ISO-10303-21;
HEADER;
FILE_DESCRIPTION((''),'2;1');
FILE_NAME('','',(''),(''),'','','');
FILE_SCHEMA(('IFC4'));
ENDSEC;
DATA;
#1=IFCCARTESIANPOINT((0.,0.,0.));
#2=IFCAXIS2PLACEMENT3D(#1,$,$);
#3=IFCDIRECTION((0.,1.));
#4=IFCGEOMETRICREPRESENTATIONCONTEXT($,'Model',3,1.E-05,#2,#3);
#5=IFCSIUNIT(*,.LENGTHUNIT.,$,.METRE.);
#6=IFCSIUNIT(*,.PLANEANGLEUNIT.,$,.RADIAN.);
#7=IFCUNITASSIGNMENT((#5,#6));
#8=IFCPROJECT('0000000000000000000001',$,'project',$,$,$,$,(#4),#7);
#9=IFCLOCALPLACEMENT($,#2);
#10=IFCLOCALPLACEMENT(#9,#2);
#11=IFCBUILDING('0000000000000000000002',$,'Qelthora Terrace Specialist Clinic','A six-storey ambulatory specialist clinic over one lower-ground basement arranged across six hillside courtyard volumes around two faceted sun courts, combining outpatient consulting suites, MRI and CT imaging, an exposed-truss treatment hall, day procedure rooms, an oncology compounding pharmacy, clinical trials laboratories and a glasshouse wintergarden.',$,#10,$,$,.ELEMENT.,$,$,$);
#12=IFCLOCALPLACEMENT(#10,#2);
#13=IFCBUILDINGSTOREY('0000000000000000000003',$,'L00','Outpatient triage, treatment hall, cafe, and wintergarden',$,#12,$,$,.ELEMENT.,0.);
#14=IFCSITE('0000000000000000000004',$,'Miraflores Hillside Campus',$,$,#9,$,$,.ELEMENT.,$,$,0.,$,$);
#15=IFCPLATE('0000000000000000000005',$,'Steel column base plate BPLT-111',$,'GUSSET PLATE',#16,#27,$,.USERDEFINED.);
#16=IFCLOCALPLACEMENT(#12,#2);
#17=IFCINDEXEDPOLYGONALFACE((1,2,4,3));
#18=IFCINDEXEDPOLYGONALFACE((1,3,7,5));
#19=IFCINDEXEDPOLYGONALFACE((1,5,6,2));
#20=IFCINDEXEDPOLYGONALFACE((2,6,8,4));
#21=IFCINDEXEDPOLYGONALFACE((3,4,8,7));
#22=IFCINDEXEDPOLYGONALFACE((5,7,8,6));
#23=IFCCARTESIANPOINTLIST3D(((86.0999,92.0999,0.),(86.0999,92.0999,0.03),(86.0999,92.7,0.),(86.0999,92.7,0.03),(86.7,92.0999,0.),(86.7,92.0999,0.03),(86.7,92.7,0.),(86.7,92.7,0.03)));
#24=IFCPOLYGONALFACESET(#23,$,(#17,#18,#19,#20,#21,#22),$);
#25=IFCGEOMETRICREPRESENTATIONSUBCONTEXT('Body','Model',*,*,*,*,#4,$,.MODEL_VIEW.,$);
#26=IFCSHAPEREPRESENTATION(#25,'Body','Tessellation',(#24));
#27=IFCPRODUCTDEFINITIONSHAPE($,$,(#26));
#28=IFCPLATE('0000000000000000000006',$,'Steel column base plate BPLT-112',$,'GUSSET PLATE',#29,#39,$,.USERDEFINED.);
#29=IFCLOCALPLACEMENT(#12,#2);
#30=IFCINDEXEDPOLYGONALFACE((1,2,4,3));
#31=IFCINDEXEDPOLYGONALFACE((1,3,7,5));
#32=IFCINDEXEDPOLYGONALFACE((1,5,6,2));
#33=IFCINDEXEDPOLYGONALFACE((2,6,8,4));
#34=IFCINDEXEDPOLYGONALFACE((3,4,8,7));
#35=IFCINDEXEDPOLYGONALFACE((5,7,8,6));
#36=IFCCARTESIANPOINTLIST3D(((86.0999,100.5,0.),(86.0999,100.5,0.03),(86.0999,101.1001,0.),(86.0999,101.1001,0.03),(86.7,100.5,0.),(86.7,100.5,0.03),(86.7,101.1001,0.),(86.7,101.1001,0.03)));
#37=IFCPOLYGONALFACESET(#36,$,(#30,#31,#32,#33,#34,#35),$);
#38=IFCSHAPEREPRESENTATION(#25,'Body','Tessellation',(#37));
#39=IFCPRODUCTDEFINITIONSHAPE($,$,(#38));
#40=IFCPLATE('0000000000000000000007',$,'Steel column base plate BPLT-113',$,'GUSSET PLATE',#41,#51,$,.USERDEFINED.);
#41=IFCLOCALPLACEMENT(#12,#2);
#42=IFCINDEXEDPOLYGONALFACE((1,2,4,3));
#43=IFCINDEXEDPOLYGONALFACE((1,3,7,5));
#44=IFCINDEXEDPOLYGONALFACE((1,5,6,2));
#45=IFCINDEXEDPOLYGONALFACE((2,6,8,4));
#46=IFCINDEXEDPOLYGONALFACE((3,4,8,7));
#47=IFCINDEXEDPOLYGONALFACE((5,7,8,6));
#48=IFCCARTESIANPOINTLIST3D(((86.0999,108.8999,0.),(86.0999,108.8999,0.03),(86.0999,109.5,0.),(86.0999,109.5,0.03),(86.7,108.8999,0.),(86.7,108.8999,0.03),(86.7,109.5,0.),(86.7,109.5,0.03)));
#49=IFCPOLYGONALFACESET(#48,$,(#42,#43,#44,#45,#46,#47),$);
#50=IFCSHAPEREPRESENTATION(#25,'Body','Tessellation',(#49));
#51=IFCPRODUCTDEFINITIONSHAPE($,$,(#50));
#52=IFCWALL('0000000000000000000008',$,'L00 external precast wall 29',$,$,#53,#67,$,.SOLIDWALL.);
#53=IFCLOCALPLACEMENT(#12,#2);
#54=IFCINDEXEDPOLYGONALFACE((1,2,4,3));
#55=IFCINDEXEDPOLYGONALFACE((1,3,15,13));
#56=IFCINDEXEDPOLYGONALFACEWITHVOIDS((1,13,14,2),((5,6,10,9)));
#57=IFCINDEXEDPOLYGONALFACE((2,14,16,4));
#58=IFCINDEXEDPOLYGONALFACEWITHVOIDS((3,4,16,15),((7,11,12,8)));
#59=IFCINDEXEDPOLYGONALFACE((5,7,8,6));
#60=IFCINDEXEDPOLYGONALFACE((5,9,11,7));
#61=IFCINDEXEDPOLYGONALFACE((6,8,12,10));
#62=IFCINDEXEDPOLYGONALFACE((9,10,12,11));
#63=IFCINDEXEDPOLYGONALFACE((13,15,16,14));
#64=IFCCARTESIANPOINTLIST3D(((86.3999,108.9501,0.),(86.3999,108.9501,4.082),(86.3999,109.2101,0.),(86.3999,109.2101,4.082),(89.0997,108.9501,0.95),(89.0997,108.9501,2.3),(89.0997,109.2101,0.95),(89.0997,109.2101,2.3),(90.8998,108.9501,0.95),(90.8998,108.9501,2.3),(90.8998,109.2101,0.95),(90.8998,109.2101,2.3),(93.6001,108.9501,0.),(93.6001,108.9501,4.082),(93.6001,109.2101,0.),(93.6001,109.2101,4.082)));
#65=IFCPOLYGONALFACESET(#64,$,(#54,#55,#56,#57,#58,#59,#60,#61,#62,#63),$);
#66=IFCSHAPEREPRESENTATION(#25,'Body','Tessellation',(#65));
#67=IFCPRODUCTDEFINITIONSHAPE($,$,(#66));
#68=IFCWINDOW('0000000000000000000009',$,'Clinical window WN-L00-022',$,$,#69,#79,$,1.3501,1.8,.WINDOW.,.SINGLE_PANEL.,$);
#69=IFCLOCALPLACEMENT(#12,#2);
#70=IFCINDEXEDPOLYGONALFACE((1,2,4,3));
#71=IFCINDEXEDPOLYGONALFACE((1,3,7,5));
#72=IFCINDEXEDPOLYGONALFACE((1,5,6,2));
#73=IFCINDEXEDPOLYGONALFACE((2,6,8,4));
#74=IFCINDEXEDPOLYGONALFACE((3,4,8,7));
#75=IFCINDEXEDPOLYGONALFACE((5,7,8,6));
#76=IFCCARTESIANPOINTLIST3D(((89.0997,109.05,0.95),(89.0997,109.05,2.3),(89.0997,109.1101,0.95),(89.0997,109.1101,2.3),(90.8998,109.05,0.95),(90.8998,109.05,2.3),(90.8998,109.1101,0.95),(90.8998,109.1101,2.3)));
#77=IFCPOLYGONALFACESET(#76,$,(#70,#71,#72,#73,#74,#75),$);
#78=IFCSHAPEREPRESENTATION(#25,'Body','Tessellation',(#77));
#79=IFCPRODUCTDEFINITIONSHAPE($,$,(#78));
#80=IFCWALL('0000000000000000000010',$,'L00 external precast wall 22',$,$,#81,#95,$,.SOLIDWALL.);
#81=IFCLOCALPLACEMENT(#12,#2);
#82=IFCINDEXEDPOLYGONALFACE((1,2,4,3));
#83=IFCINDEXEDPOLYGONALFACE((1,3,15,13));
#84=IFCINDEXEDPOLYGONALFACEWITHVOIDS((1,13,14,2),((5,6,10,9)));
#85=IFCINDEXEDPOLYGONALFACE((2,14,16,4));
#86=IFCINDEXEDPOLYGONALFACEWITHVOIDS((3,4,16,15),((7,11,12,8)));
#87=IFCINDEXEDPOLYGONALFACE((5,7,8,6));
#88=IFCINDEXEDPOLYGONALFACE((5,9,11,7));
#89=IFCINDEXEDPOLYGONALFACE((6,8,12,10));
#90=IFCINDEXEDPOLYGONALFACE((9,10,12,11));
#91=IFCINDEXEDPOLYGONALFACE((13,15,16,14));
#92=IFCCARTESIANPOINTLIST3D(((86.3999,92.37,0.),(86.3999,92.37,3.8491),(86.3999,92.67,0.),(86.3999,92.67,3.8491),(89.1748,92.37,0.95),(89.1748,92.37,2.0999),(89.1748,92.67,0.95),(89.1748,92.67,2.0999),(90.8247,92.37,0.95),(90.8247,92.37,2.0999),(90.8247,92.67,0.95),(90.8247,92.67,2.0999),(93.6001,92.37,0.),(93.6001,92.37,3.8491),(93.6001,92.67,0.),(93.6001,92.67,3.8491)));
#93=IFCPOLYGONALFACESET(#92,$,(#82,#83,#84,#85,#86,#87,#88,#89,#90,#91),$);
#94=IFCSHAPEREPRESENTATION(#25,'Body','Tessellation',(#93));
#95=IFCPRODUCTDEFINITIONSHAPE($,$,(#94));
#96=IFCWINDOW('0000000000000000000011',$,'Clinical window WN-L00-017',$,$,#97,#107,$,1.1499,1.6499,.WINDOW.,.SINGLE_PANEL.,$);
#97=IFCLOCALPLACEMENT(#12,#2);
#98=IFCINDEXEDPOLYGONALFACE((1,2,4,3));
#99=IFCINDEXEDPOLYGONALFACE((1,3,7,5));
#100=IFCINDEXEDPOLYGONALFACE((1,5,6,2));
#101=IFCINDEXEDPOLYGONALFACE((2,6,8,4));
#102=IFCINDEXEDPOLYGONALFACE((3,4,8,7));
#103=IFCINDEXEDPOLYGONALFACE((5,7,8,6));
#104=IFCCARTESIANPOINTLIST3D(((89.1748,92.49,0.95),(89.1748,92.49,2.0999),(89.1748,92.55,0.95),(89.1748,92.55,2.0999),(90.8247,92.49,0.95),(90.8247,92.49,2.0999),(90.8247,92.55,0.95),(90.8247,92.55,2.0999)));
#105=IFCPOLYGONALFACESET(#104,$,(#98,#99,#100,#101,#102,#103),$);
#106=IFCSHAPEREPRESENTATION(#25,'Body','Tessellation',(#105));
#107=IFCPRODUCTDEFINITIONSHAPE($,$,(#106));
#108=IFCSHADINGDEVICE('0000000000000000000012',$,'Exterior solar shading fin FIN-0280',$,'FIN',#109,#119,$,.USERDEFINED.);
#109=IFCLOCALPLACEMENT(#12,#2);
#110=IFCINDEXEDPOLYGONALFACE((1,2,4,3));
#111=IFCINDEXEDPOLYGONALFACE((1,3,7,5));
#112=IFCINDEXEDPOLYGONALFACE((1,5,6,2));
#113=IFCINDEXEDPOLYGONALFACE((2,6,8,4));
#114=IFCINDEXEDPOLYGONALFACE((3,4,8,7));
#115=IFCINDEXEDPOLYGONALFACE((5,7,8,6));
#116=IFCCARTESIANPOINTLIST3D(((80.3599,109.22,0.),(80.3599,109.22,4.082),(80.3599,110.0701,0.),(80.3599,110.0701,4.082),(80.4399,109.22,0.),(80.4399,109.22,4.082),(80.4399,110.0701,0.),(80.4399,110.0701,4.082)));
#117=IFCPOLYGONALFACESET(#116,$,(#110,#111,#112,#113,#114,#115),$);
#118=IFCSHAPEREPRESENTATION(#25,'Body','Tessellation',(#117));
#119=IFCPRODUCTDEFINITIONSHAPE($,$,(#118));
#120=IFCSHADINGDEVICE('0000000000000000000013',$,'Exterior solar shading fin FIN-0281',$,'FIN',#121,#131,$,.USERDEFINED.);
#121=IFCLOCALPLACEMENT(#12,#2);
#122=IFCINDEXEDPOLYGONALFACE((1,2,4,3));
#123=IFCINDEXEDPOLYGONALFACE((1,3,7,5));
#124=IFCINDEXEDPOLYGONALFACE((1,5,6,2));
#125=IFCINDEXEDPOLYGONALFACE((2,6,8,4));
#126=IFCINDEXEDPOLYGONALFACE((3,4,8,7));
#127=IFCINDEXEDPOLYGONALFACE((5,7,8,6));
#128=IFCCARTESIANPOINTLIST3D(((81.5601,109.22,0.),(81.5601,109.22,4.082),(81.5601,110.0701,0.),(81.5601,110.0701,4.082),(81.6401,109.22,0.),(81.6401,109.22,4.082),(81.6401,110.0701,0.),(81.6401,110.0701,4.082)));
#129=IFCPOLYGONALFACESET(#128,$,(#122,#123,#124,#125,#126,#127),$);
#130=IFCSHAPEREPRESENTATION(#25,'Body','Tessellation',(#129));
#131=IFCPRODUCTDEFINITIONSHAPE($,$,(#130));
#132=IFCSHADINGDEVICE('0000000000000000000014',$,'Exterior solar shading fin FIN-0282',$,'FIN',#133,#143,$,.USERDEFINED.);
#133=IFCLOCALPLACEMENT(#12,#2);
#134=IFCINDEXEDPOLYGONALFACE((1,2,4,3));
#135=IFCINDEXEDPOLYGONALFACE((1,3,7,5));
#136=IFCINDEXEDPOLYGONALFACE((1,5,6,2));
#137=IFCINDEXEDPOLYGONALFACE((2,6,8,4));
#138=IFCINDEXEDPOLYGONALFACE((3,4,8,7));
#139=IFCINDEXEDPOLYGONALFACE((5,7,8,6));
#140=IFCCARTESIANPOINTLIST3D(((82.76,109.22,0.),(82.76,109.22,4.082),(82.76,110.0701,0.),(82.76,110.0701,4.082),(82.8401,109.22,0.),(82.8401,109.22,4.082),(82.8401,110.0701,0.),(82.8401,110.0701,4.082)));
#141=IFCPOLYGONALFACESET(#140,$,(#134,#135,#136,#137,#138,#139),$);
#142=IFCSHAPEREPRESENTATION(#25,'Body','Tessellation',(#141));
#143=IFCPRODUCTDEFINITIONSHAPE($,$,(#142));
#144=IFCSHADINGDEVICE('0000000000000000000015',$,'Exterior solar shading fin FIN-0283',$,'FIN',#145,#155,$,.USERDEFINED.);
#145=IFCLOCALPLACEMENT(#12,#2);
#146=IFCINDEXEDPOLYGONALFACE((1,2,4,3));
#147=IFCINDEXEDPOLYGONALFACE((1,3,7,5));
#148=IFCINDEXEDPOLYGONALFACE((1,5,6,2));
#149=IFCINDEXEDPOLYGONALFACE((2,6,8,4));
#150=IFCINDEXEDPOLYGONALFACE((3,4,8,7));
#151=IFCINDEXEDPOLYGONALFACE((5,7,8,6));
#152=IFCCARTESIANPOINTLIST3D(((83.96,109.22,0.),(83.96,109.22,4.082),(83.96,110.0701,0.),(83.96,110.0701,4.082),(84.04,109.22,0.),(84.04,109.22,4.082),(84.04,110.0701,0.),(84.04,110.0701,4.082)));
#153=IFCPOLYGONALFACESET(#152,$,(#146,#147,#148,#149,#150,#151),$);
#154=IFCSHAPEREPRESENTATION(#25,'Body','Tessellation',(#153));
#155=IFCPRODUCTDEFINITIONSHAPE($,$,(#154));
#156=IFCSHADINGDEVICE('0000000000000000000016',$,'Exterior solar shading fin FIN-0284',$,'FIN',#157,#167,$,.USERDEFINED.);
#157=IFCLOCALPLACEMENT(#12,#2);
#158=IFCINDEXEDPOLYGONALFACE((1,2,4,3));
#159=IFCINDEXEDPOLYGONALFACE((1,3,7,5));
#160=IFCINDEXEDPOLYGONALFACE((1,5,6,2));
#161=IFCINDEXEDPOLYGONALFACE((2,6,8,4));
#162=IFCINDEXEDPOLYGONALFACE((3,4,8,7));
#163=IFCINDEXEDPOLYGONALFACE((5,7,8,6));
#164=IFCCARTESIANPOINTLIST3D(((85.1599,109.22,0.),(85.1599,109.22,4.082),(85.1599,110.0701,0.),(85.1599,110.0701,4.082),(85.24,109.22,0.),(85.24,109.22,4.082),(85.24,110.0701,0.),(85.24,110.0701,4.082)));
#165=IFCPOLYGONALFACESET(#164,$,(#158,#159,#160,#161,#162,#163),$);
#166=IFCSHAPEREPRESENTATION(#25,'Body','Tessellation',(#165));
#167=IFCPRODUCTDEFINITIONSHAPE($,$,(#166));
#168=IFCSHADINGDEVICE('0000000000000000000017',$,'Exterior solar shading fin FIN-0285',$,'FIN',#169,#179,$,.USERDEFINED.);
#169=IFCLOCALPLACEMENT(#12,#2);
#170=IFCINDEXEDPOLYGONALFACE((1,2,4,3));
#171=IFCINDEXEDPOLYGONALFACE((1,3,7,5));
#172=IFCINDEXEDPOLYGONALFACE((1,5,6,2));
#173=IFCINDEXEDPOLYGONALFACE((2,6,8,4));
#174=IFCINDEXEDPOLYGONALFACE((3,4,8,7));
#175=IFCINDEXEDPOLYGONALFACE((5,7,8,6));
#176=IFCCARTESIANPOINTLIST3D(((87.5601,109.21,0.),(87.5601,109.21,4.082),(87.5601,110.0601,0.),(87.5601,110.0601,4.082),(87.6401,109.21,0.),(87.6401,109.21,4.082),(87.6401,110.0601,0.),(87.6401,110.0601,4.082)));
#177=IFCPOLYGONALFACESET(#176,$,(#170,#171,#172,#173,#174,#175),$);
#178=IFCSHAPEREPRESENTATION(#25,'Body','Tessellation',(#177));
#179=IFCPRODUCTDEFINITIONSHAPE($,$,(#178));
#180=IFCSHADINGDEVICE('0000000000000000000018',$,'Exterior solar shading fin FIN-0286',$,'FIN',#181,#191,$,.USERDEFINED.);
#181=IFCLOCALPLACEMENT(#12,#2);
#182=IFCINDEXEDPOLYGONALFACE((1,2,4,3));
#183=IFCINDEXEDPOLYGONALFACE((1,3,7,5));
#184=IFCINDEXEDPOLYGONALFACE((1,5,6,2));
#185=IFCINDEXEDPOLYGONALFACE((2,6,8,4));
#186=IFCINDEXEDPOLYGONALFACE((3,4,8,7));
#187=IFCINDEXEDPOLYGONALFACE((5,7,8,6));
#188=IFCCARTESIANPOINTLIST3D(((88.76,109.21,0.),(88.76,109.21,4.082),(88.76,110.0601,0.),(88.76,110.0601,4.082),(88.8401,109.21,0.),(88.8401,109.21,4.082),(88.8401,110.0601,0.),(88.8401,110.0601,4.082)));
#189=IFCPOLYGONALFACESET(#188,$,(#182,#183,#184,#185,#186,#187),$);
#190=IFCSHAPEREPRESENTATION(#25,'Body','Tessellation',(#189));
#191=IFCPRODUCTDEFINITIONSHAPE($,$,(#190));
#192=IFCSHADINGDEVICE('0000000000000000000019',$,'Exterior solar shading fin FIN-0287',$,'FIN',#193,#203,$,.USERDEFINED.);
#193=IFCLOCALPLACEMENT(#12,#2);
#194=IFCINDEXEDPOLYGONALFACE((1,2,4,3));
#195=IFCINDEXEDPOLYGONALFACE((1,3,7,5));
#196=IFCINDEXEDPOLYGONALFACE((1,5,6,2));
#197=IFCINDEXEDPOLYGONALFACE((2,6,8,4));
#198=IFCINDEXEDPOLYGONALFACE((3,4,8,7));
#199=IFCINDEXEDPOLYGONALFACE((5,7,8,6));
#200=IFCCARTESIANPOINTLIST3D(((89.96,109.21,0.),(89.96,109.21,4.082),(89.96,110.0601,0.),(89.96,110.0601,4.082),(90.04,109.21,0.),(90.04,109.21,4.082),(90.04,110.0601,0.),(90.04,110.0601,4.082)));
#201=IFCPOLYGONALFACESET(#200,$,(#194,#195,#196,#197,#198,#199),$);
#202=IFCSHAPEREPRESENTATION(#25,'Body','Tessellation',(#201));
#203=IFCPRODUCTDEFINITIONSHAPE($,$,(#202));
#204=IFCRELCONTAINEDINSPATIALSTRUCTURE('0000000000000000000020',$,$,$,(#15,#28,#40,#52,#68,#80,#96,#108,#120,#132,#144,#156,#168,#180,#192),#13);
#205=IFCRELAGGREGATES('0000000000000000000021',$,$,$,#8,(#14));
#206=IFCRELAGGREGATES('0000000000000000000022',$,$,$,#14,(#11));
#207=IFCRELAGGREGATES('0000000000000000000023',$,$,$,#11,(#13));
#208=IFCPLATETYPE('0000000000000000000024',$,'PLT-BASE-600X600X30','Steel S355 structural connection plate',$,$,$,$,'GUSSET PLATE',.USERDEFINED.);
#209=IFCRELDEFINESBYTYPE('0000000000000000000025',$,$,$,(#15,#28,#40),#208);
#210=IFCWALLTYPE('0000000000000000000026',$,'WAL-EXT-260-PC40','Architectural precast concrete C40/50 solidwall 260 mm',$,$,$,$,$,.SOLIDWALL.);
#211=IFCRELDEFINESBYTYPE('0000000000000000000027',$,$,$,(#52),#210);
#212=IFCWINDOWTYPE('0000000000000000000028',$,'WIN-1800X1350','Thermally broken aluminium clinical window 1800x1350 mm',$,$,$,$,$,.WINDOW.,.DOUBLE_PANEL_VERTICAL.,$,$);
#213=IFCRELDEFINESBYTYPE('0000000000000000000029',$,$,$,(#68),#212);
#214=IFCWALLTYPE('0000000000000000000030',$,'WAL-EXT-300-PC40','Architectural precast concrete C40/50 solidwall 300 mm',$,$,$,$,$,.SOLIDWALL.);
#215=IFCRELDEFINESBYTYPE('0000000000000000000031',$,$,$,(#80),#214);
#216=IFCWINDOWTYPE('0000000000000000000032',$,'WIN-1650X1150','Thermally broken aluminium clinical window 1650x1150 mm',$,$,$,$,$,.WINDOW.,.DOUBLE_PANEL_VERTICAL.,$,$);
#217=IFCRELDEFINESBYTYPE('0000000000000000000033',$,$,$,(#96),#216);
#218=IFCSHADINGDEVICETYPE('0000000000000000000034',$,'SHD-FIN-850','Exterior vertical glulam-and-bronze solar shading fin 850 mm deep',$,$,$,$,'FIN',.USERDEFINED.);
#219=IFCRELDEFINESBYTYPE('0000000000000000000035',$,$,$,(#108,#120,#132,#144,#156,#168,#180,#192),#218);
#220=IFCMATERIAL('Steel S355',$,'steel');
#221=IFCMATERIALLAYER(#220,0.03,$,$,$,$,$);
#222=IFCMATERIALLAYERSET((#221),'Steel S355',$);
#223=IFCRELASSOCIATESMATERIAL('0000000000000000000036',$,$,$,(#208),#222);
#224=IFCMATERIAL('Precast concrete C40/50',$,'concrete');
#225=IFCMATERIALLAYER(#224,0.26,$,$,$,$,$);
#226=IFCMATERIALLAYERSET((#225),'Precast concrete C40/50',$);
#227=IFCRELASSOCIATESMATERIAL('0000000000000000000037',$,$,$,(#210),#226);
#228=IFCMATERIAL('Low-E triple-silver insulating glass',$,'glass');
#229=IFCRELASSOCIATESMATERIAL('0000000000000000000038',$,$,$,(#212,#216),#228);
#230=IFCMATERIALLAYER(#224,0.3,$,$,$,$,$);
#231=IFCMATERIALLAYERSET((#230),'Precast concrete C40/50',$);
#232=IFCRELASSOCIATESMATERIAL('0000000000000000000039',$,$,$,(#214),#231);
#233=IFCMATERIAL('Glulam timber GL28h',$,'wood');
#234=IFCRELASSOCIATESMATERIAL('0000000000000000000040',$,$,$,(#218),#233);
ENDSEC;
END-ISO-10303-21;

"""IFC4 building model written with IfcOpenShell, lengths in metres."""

from ifc_helpers import new_model, si_unit, direction, frame, frame_2d, origin, origin_2d, place, context, subcontext, project, spatial, rectangle, extrude, material, layer, layer_set, type_object, element, fill, save


model = new_model("IFC4")

# Units and contexts
model_context = context("Model", 3, precision=1e-05, world=origin(), true_north=direction((0.0, 1.0)))
body_context = subcontext(model_context, "Body", "Model", "MODEL_VIEW")
ifc_project = project(units=[si_unit("LENGTHUNIT", "METRE"), si_unit("PLANEANGLEUNIT", "RADIAN")], contexts=[model_context])

# Site, building, storey
site_placement = place(None, origin())
site = spatial("IfcSite", under=ifc_project, at=site_placement, Name="Miraflores Hillside Campus", CompositionType="ELEMENT", RefElevation=0.0)
building_placement = place(site_placement, origin())
building = spatial("IfcBuilding", under=site, at=building_placement, Name="Qelthora Terrace Specialist Clinic", Description="A six-storey ambulatory specialist clinic over one lower-ground basement arranged across six hillside courtyard volumes around two faceted sun courts, combining outpatient consulting suites, MRI and CT imaging, an exposed-truss treatment hall, day procedure rooms, an oncology compounding pharmacy, clinical trials laboratories and a glasshouse wintergarden.", CompositionType="ELEMENT")
storey_placement = place(building_placement, origin())
storey = spatial("IfcBuildingStorey", under=building, at=storey_placement, Name="L00", Description="Outpatient triage, treatment hall, cafe, and wintergarden", CompositionType="ELEMENT", Elevation=0.0)

# Shared definitions
ifc_material_1 = material(Name="Steel S355", Category="steel")

# Plates
ifc_layer_1 = layer(ifc_material_1, 0.03)
ifc_layer_set_1 = layer_set([ifc_layer_1], Name="Steel S355")
plate_type = type_object("IfcPlateType", Name="PLT-BASE-600X600X30", Description="Steel S355 structural connection plate", ElementType="GUSSET PLATE", PredefinedType="USERDEFINED", material=ifc_layer_set_1)
for number, where, z_axis, x_axis, name in (
    (1, (86.3999, 92.3999, 0.0), (0.0, 0.0, 1.0), (1.0, 0.0, 0.0), "Steel column base plate BPLT-111"),
    (2, (86.3999, 100.8, 0.0), (0.0, 0.0, 1.0), (1.0, 0.0, 0.0), "Steel column base plate BPLT-112"),
    (3, (86.3999, 109.2, 0.0), (0.0, 0.0, 1.0), (1.0, 0.0, 0.0), "Steel column base plate BPLT-113"),
):
    element("IfcPlate", number, at=place(storey_placement, frame(where, z_axis=z_axis, x_axis=x_axis)), inside=storey, type_object=plate_type, Name=name, ObjectType="GUSSET PLATE", PredefinedType="USERDEFINED", context=body_context, shape_type="SweptSolid", body=[
        extrude(rectangle(XDim=0.6001, YDim=0.6001, at=origin_2d()), origin(), (0.0, 0.0, 1.0), 0.03),
    ])

# Walls, openings, windows
ifc_material_2 = material(Name="Precast concrete C40/50", Category="concrete")
ifc_layer_2 = layer(ifc_material_2, 0.26)
ifc_layer_set_2 = layer_set([ifc_layer_2], Name="Precast concrete C40/50")
wall_type_1 = type_object("IfcWallType", Name="WAL-EXT-260-PC40", Description="Architectural precast concrete C40/50 solidwall 260 mm", PredefinedType="SOLIDWALL", material=ifc_layer_set_2)
wall_1_placement = place(storey_placement, frame((86.3999, 109.0801, 0.0), z_axis=(0.0, 0.0, 1.0), x_axis=(1.0, 0.0, 0.0)))
wall_1 = element("IfcWall", 4, at=wall_1_placement, inside=storey, type_object=wall_type_1, Name="L00 external precast wall 29", PredefinedType="SOLIDWALL", context=body_context, shape_type="SweptSolid", body=[
    extrude(rectangle(XDim=7.2002, YDim=0.26, at=frame_2d((3.6001, 0.0))), origin(), (0.0, 0.0, 1.0), 4.082),
])
opening_1_placement = place(wall_1_placement, frame((2.7, 0.0, 0.95)))
opening_1 = element("IfcOpeningElement", 5, at=opening_1_placement, cuts=wall_1, PredefinedType="OPENING", context=body_context, shape_type="SweptSolid", body=[
    extrude(rectangle(XDim=1.8, YDim=1.3501, at=frame_2d((0.8999, 0.675))), frame((0.0, 0.1399, 0.0), z_axis=(0.0, -1.0, 0.0), x_axis=(1.0, 0.0, 0.0)), (0.0, 0.0, 1.0), 0.28),
])
ifc_material_3 = material(Name="Low-E triple-silver insulating glass", Category="glass")
window_type_1 = type_object("IfcWindowType", Name="WIN-1800X1350", Description="Thermally broken aluminium clinical window 1800x1350 mm", PartitioningType="DOUBLE_PANEL_VERTICAL", PredefinedType="WINDOW", material=ifc_material_3)
window_1_placement = place(opening_1_placement, origin())
window_1 = element("IfcWindow", 6, at=window_1_placement, inside=storey, type_object=window_type_1, Name="Clinical window WN-L00-022", OverallHeight=1.3501, OverallWidth=1.8, PartitioningType="SINGLE_PANEL", PredefinedType="WINDOW", context=body_context, shape_type="SweptSolid", body=[
    extrude(rectangle(XDim=1.8, YDim=1.3501, at=frame_2d((0.8999, 0.675))), frame((0.0, 0.03, 0.0), z_axis=(0.0, -1.0, 0.0), x_axis=(1.0, 0.0, 0.0)), (0.0, 0.0, 1.0), 0.0601),
])
fill(opening_1, window_1)
ifc_layer_3 = layer(ifc_material_2, 0.3)
ifc_layer_set_3 = layer_set([ifc_layer_3], Name="Precast concrete C40/50")
wall_type_2 = type_object("IfcWallType", Name="WAL-EXT-300-PC40", Description="Architectural precast concrete C40/50 solidwall 300 mm", PredefinedType="SOLIDWALL", material=ifc_layer_set_3)
wall_2_placement = place(storey_placement, frame((86.3999, 92.52, 0.0), z_axis=(0.0, 0.0, 1.0), x_axis=(1.0, 0.0, 0.0)))
wall_2 = element("IfcWall", 7, at=wall_2_placement, inside=storey, type_object=wall_type_2, Name="L00 external precast wall 22", PredefinedType="SOLIDWALL", context=body_context, shape_type="SweptSolid", body=[
    extrude(rectangle(XDim=7.2002, YDim=0.3, at=frame_2d((3.6001, 0.0))), origin(), (0.0, 0.0, 1.0), 3.8491),
])
opening_2_placement = place(wall_2_placement, frame((2.7749, 0.0, 0.95)))
opening_2 = element("IfcOpeningElement", 8, at=opening_2_placement, cuts=wall_2, PredefinedType="OPENING", context=body_context, shape_type="SweptSolid", body=[
    extrude(rectangle(XDim=1.6499, YDim=1.1499, at=frame_2d((0.825, 0.575))), frame((0.0, 0.1599, 0.0), z_axis=(0.0, -1.0, 0.0), x_axis=(1.0, 0.0, 0.0)), (0.0, 0.0, 1.0), 0.3201),
])
window_type_2 = type_object("IfcWindowType", Name="WIN-1650X1150", Description="Thermally broken aluminium clinical window 1650x1150 mm", PartitioningType="DOUBLE_PANEL_VERTICAL", PredefinedType="WINDOW", material=ifc_material_3)
window_2_placement = place(opening_2_placement, origin())
window_2 = element("IfcWindow", 9, at=window_2_placement, inside=storey, type_object=window_type_2, Name="Clinical window WN-L00-017", OverallHeight=1.1499, OverallWidth=1.6499, PartitioningType="SINGLE_PANEL", PredefinedType="WINDOW", context=body_context, shape_type="SweptSolid", body=[
    extrude(rectangle(XDim=1.6499, YDim=1.1499, at=frame_2d((0.825, 0.575))), frame((0.0, 0.03, 0.0), z_axis=(0.0, -1.0, 0.0), x_axis=(1.0, 0.0, 0.0)), (0.0, 0.0, 1.0), 0.0601),
])
fill(opening_2, window_2)

# Shading devices
ifc_material_4 = material(Name="Glulam timber GL28h", Category="wood")
shading_device_type = type_object("IfcShadingDeviceType", Name="SHD-FIN-850", Description="Exterior vertical glulam-and-bronze solar shading fin 850 mm deep", ElementType="FIN", PredefinedType="USERDEFINED", material=ifc_material_4)
for number, where, z_axis, x_axis, name in (
    (10, (80.3999, 109.645, 0.0), (0.0, 0.0, 1.0), (0.0, 1.0, 0.0), "Exterior solar shading fin FIN-0280"),
    (11, (81.6001, 109.645, 0.0), (0.0, 0.0, 1.0), (0.0, 1.0, 0.0), "Exterior solar shading fin FIN-0281"),
    (12, (82.8, 109.645, 0.0), (0.0, 0.0, 1.0), (0.0, 1.0, 0.0), "Exterior solar shading fin FIN-0282"),
    (13, (84.0, 109.645, 0.0), (0.0, 0.0, 1.0), (0.0, 1.0, 0.0), "Exterior solar shading fin FIN-0283"),
    (14, (85.2, 109.645, 0.0), (0.0, 0.0, 1.0), (0.0, 1.0, 0.0), "Exterior solar shading fin FIN-0284"),
    (15, (87.6001, 109.635, 0.0), (0.0, 0.0, 1.0), (0.0, 1.0, 0.0), "Exterior solar shading fin FIN-0285"),
    (16, (88.8, 109.635, 0.0), (0.0, 0.0, 1.0), (0.0, 1.0, 0.0), "Exterior solar shading fin FIN-0286"),
    (17, (90.0, 109.635, 0.0), (0.0, 0.0, 1.0), (0.0, 1.0, 0.0), "Exterior solar shading fin FIN-0287"),
):
    element("IfcShadingDevice", number, at=place(storey_placement, frame(where, z_axis=z_axis, x_axis=x_axis)), inside=storey, type_object=shading_device_type, Name=name, ObjectType="FIN", PredefinedType="USERDEFINED", context=body_context, shape_type="SweptSolid", body=[
        extrude(rectangle(XDim=0.8501, YDim=0.0801, at=origin_2d()), origin(), (0.0, 0.0, 1.0), 4.082),
    ])

save(model, "model.ifc")
